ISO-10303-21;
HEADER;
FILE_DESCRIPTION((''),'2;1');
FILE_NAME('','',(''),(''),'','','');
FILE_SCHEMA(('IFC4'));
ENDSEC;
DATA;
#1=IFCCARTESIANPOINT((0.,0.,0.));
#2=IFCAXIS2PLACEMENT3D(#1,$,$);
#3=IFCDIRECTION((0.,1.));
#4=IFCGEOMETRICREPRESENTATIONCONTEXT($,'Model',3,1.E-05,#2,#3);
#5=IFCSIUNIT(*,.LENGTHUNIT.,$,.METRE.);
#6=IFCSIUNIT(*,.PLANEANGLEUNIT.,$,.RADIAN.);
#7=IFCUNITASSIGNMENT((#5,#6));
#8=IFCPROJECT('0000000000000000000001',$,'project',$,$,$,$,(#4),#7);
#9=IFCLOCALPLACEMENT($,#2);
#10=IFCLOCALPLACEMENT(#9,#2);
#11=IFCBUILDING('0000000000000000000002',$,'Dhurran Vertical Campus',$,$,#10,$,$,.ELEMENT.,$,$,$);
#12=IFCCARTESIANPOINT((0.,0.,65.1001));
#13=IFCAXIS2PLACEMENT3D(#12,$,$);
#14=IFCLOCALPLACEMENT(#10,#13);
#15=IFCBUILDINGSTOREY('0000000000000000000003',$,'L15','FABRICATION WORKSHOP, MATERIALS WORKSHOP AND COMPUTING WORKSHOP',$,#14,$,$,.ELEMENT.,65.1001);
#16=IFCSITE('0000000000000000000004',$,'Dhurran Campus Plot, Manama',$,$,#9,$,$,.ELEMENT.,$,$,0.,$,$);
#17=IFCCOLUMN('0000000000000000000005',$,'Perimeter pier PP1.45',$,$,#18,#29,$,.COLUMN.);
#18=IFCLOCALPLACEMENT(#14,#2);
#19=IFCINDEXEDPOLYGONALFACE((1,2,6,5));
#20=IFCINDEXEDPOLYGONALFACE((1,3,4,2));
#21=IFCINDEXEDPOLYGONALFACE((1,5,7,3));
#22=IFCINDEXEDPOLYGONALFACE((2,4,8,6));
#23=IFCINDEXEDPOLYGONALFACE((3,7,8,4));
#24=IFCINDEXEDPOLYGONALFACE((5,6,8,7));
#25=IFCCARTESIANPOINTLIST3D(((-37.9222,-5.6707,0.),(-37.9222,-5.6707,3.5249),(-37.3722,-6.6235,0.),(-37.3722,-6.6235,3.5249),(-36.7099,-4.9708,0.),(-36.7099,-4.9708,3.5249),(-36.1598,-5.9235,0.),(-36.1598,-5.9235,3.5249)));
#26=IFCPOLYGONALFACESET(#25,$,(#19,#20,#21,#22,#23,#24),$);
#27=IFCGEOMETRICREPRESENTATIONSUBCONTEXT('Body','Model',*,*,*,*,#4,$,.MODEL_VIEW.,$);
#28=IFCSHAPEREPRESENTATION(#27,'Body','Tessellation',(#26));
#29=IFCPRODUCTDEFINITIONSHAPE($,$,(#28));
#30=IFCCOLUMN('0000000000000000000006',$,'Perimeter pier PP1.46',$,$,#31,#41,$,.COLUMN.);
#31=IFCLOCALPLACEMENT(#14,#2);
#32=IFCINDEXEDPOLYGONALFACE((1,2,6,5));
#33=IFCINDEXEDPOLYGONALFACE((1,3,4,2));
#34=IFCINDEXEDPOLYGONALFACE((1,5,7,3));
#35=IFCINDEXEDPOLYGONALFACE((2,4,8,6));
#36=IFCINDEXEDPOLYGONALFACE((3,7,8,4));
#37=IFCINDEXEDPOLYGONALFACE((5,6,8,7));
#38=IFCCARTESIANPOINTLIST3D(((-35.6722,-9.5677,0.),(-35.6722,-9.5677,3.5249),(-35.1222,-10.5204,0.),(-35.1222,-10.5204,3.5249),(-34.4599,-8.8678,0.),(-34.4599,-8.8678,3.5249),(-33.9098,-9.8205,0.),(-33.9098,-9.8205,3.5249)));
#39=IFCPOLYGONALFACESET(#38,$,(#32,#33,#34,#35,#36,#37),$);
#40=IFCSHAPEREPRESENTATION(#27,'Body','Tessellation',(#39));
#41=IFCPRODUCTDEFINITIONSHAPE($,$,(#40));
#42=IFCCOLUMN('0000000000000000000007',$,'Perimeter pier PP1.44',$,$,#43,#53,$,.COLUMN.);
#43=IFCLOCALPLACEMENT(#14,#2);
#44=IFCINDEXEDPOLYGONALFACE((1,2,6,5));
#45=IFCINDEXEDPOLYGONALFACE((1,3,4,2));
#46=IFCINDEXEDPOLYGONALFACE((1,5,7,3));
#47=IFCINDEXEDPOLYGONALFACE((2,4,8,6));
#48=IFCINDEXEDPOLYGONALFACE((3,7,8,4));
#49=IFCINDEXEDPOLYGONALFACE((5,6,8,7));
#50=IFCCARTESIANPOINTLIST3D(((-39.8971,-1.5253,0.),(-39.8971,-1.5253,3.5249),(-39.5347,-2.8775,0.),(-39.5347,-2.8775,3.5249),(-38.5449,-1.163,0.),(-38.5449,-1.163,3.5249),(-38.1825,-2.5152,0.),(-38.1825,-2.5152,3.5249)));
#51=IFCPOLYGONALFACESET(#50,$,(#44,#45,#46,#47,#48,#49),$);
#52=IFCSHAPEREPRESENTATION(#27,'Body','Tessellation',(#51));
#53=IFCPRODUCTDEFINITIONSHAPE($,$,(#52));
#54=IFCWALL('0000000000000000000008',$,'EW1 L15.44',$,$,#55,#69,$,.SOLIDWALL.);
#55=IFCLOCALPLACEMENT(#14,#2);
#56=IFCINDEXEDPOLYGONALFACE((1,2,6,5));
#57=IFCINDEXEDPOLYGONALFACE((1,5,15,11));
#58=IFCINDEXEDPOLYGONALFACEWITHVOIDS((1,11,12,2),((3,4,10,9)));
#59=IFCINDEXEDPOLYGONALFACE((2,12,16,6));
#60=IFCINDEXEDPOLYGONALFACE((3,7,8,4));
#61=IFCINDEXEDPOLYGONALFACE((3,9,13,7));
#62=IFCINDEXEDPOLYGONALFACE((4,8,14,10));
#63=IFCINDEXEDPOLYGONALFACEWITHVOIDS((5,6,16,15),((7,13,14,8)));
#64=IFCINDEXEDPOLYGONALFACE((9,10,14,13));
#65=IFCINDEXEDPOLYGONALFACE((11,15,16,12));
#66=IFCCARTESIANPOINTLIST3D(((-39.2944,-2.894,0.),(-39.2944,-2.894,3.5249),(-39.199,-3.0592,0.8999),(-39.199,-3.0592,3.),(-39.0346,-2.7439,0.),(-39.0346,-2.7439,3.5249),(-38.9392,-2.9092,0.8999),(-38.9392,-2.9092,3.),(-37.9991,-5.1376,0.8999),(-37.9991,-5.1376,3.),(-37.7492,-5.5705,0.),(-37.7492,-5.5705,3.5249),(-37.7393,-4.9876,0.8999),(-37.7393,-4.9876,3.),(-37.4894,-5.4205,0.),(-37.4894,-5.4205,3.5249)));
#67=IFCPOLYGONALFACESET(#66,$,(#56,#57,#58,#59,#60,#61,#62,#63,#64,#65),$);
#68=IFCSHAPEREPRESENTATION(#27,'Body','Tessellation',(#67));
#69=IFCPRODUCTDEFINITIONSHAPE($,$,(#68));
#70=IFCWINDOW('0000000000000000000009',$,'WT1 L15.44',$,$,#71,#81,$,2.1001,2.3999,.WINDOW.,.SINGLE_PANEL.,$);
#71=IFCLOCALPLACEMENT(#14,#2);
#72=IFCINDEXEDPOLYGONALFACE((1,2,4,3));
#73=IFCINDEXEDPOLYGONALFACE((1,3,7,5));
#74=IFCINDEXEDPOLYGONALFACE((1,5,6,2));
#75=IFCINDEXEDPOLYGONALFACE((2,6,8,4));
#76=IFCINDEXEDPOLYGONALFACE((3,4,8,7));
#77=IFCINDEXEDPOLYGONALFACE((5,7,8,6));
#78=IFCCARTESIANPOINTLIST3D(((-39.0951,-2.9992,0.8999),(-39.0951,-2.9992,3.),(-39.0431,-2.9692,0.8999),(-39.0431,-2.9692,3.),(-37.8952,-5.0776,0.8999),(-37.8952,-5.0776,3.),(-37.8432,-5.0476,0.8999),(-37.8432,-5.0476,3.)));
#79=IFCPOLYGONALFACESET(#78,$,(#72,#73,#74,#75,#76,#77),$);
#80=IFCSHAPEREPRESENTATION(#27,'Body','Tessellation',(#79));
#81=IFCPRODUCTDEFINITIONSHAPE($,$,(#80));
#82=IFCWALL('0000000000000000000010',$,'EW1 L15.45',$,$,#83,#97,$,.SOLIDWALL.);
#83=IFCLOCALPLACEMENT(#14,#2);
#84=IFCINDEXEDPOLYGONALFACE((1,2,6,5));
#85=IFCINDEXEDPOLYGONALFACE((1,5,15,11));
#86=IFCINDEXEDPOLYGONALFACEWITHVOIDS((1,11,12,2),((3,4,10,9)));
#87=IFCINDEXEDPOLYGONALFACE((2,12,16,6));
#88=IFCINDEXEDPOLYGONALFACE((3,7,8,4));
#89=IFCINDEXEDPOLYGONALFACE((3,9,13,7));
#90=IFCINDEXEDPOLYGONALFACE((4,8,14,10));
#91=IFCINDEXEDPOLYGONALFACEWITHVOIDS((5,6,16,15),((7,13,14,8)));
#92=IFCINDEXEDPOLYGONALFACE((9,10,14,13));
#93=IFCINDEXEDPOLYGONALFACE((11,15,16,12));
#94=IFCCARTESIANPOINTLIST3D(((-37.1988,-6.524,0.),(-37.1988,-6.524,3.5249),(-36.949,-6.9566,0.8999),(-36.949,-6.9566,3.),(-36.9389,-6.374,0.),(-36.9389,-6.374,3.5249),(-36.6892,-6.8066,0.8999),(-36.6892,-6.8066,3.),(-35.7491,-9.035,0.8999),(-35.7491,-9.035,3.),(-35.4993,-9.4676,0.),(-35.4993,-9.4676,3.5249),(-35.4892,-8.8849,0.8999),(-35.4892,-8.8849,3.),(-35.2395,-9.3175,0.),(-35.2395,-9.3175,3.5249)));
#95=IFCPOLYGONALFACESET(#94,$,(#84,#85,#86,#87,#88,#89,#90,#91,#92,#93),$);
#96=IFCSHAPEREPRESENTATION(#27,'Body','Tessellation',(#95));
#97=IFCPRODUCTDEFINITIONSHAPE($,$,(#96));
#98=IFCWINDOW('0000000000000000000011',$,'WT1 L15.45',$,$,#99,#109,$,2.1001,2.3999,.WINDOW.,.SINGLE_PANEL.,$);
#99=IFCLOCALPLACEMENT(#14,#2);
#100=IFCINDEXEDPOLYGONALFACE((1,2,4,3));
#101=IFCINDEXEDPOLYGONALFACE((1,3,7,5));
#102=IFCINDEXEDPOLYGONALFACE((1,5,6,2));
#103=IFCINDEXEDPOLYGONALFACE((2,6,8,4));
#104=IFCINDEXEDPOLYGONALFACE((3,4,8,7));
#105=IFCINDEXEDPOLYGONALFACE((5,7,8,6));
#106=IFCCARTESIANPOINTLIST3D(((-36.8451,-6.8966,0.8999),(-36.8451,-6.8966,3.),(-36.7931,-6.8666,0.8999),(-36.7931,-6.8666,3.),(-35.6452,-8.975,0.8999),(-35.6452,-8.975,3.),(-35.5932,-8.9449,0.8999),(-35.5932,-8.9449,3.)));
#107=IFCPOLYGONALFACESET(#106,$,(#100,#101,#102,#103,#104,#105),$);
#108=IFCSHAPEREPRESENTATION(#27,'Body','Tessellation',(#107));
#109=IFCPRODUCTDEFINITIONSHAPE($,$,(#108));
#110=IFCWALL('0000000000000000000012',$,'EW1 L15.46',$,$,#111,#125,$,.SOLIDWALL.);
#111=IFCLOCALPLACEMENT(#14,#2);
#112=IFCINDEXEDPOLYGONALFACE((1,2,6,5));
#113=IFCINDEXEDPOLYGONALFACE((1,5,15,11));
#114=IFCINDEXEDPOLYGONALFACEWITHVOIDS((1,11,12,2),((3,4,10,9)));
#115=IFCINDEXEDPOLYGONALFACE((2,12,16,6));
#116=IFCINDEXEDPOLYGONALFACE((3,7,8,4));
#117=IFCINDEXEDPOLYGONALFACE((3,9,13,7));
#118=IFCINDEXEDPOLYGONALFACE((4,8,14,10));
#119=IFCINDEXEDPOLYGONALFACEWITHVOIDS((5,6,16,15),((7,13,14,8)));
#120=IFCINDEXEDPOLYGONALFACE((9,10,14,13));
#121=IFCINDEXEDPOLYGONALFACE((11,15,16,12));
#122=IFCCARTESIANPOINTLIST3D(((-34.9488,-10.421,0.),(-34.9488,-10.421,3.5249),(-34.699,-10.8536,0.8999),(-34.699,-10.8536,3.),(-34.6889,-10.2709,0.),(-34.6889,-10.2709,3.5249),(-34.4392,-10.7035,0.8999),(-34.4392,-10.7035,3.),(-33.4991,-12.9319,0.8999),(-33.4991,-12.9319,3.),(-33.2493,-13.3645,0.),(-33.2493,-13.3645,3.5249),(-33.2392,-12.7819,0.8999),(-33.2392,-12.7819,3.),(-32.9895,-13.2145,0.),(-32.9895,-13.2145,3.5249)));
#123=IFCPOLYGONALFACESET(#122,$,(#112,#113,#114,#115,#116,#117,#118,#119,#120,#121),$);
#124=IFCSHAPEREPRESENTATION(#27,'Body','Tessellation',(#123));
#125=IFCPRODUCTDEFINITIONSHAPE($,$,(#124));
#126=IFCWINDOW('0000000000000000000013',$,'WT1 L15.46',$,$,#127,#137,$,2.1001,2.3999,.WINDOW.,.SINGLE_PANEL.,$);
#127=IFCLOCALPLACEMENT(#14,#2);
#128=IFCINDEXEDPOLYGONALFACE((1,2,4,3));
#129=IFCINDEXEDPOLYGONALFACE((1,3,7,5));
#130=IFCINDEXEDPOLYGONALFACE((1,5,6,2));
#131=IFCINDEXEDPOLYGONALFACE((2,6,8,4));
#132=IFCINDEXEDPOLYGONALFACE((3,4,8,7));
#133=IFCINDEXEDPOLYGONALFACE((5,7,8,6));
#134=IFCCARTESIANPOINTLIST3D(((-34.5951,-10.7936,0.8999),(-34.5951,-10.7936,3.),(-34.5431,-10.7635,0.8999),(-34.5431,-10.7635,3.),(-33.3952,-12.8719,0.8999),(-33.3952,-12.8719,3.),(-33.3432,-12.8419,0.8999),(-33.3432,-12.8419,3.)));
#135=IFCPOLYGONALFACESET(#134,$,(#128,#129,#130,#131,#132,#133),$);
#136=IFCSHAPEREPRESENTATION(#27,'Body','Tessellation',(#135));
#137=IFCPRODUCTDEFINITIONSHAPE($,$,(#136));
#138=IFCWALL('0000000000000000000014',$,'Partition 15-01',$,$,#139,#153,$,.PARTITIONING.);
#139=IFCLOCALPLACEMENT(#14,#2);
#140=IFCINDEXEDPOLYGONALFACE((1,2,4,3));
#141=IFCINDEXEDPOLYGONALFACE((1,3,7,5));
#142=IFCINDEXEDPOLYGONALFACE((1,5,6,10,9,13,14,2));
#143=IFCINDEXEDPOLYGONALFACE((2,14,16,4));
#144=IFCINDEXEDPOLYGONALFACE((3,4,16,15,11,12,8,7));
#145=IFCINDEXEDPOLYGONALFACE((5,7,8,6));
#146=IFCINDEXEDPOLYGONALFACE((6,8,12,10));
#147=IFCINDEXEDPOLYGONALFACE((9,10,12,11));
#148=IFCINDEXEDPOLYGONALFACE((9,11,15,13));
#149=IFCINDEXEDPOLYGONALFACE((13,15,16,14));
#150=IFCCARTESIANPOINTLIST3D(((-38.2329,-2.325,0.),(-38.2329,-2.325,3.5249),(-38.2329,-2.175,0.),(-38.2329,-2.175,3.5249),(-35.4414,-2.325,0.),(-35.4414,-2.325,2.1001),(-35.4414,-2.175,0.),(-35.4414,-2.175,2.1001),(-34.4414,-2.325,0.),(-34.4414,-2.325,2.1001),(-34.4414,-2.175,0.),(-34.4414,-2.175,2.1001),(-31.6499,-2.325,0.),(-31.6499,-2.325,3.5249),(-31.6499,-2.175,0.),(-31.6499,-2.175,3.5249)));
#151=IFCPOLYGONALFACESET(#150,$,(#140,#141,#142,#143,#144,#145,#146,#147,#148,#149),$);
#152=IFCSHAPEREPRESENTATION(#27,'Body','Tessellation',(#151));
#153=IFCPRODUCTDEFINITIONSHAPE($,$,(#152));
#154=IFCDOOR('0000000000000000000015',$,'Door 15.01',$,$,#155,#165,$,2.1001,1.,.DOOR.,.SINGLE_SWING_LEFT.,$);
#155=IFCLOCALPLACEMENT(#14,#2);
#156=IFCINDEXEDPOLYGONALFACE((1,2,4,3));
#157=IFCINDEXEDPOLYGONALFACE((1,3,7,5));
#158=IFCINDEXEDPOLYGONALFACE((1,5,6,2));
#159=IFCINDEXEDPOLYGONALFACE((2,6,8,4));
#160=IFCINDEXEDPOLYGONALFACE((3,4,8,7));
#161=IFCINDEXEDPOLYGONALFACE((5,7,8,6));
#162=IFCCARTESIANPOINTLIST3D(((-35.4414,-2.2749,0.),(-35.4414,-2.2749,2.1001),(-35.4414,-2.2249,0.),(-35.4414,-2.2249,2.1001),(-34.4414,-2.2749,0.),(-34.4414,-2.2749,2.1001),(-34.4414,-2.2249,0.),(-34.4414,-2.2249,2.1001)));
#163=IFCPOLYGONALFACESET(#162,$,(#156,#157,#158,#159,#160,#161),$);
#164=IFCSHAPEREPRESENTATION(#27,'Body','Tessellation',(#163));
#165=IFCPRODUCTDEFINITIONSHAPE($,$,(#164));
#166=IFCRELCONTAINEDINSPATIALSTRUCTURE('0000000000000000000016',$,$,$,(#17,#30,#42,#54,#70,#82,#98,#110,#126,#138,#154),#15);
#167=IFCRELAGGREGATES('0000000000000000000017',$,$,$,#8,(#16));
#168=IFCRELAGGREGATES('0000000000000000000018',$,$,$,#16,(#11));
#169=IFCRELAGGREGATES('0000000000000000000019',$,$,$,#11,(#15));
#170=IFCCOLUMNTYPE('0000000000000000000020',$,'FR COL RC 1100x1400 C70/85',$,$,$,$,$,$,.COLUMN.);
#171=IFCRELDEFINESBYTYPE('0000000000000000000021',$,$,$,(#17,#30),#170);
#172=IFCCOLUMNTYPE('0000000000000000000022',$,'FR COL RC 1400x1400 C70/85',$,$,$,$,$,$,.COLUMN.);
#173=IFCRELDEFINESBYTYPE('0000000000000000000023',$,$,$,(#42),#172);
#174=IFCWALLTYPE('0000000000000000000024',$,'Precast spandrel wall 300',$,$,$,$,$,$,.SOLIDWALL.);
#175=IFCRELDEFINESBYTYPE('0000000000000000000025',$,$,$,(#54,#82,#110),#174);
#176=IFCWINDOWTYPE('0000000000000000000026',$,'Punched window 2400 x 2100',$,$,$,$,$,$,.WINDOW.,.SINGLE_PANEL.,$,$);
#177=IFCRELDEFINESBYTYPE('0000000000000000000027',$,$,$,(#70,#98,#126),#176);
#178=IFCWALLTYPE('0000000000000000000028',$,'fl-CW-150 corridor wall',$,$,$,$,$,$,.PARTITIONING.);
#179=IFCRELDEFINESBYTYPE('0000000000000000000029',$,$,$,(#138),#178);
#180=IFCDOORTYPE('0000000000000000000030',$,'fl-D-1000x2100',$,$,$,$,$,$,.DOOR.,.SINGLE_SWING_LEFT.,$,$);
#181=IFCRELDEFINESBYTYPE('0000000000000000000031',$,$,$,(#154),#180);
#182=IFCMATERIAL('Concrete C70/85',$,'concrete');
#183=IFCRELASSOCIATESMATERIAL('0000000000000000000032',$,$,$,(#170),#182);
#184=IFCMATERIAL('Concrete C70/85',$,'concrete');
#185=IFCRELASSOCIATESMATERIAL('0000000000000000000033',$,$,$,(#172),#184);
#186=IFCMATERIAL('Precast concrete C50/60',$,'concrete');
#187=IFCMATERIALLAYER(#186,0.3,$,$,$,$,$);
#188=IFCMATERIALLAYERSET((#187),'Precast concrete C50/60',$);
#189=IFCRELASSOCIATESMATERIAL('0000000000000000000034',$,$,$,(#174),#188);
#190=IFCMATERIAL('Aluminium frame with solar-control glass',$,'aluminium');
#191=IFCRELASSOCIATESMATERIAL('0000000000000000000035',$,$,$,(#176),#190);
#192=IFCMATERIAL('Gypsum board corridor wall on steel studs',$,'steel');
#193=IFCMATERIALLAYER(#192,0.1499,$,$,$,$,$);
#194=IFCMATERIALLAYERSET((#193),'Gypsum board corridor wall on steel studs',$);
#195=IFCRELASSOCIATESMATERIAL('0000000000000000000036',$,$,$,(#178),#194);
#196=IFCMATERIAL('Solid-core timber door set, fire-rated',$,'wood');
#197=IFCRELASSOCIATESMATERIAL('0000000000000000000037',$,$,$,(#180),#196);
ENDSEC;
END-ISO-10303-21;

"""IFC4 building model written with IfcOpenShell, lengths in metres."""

from ifc_helpers import new_model, si_unit, direction, frame, frame_2d, origin, origin_2d, place, context, subcontext, project, spatial, rectangle, extrude, material, layer, layer_set, material_profile, profile_set, type_object, element, fill, save


model = new_model("IFC4")

# Units and contexts
model_context = context("Model", 3, precision=1e-05, world=origin(), true_north=direction((0.0, 1.0)))
body_context = subcontext(model_context, "Body", "Model", "MODEL_VIEW")
ifc_project = project(units=[si_unit("LENGTHUNIT", "METRE"), si_unit("PLANEANGLEUNIT", "RADIAN")], contexts=[model_context])

# Site, building, storey
site_placement = place(None, origin())
site = spatial("IfcSite", under=ifc_project, at=site_placement, Name="Dhurran Campus Plot, Manama", CompositionType="ELEMENT", RefElevation=0.0)
building_placement = place(site_placement, origin())
building = spatial("IfcBuilding", under=site, at=building_placement, Name="Dhurran Vertical Campus", CompositionType="ELEMENT")
storey_placement = place(building_placement, frame((0.0, 0.0, 65.1001)))
storey = spatial("IfcBuildingStorey", under=building, at=storey_placement, Name="L15", Description="FABRICATION WORKSHOP, MATERIALS WORKSHOP AND COMPUTING WORKSHOP", CompositionType="ELEMENT", Elevation=65.1001)

# Columns
ifc_material_1 = material(Name="Concrete C70/85", Category="concrete")
ifc_material_profile_1 = material_profile(ifc_material_1, rectangle(XDim=1.1001, YDim=1.3999, at=origin_2d()), Name="RC 1100x1400")
ifc_profile_set_1 = profile_set([ifc_material_profile_1], Name="Concrete C70/85")
column_type_1 = type_object("IfcColumnType", Name="FR COL RC 1100x1400 C70/85", PredefinedType="COLUMN", material=ifc_profile_set_1)
for number, where, z_axis, x_axis, name in (
    (1, (-37.041, -5.7971, 0.0), (0.0, 0.0, 1.0), (0.5, -0.866025, 0.0), "Perimeter pier PP1.45"),
    (2, (-34.791, -9.6941, 0.0), (0.0, 0.0, 1.0), (0.5, -0.866025, 0.0), "Perimeter pier PP1.46"),
):
    element("IfcColumn", number, at=place(storey_placement, frame(where, z_axis=z_axis, x_axis=x_axis)), inside=storey, type_object=column_type_1, Name=name, PredefinedType="COLUMN", context=body_context, shape_type="SweptSolid", body=[
        extrude(rectangle(XDim=1.1001, YDim=1.3999, at=origin_2d()), origin(), (0.0, 0.0, 1.0), 3.5249),
    ])
ifc_material_2 = material(Name="Concrete C70/85", Category="concrete")
ifc_material_profile_2 = material_profile(ifc_material_2, rectangle(XDim=1.3999, YDim=1.3999, at=origin_2d()), Name="RC 1400x1400")
ifc_profile_set_2 = profile_set([ifc_material_profile_2], Name="Concrete C70/85")
column_type_2 = type_object("IfcColumnType", Name="FR COL RC 1400x1400 C70/85", PredefinedType="COLUMN", material=ifc_profile_set_2)
column_placement = place(storey_placement, frame((-39.0398, -2.0203, 0.0), z_axis=(0.0, 0.0, 1.0), x_axis=(0.258819, -0.965926, 0.0)))
element("IfcColumn", 3, at=column_placement, inside=storey, type_object=column_type_2, Name="Perimeter pier PP1.44", PredefinedType="COLUMN", context=body_context, shape_type="SweptSolid", body=[
    extrude(rectangle(XDim=1.3999, YDim=1.3999, at=origin_2d()), origin(), (0.0, 0.0, 1.0), 3.5249),
])

# Walls, openings, windows
ifc_material_3 = material(Name="Precast concrete C50/60", Category="concrete")
ifc_layer_1 = layer(ifc_material_3, 0.3)
ifc_layer_set_1 = layer_set([ifc_layer_1], Name="Precast concrete C50/60")
wall_type_1 = type_object("IfcWallType", Name="Precast spandrel wall 300", PredefinedType="SOLIDWALL", material=ifc_layer_set_1)
wall_1_placement = place(storey_placement, frame((-39.1646, -2.8188, 0.0), z_axis=(0.0, 0.0, 1.0), x_axis=(0.499971, -0.866042, 0.0)))
wall_1 = element("IfcWall", 4, at=wall_1_placement, inside=storey, type_object=wall_type_1, Name="EW1 L15.44", PredefinedType="SOLIDWALL", context=body_context, shape_type="SweptSolid", body=[
    extrude(rectangle(XDim=3.0906, YDim=0.3, at=frame_2d((1.5454, 0.0))), origin(), (0.0, 0.0, 1.0), 3.5249),
])
opening_1_placement = place(wall_1_placement, frame((0.1909, 0.0, 0.8999)))
opening_1 = element("IfcOpeningElement", 5, at=opening_1_placement, cuts=wall_1, PredefinedType="OPENING", context=body_context, shape_type="SweptSolid", body=[
    extrude(rectangle(XDim=2.3999, YDim=2.1001, at=frame_2d((1.2, 1.05))), frame((0.0, 0.1599, 0.0), z_axis=(0.0, -1.0, 0.0), x_axis=(1.0, 0.0, 0.0)), (0.0, 0.0, 1.0), 0.3201),
])
ifc_material_4 = material(Name="Aluminium frame with solar-control glass", Category="aluminium")
window_type = type_object("IfcWindowType", Name="Punched window 2400 x 2100", PartitioningType="SINGLE_PANEL", PredefinedType="WINDOW", material=ifc_material_4)
window_1_placement = place(opening_1_placement, origin())
window_1 = element("IfcWindow", 6, at=window_1_placement, inside=storey, type_object=window_type, Name="WT1 L15.44", OverallHeight=2.1001, OverallWidth=2.3999, PartitioningType="SINGLE_PANEL", PredefinedType="WINDOW", context=body_context, shape_type="SweptSolid", body=[
    extrude(rectangle(XDim=2.3999, YDim=2.1001, at=frame_2d((1.2, 1.05))), frame((0.0, 0.03, 0.0), z_axis=(0.0, -1.0, 0.0), x_axis=(1.0, 0.0, 0.0)), (0.0, 0.0, 1.0), 0.0601),
])
fill(opening_1, window_1)
wall_2_placement = place(storey_placement, frame((-37.0688, -6.449, 0.0), z_axis=(0.0, 0.0, 1.0), x_axis=(0.499994, -0.866029, 0.0)))
wall_2 = element("IfcWall", 7, at=wall_2_placement, inside=storey, type_object=wall_type_1, Name="EW1 L15.45", PredefinedType="SOLIDWALL", context=body_context, shape_type="SweptSolid", body=[
    extrude(rectangle(XDim=3.3989, YDim=0.3, at=frame_2d((1.6995, 0.0))), origin(), (0.0, 0.0, 1.0), 3.5249),
])
opening_2_placement = place(wall_2_placement, frame((0.4995, 0.0, 0.8999)))
opening_2 = element("IfcOpeningElement", 8, at=opening_2_placement, cuts=wall_2, PredefinedType="OPENING", context=body_context, shape_type="SweptSolid", body=[
    extrude(rectangle(XDim=2.3999, YDim=2.1001, at=frame_2d((1.2, 1.05))), frame((0.0, 0.1599, 0.0), z_axis=(0.0, -1.0, 0.0), x_axis=(1.0, 0.0, 0.0)), (0.0, 0.0, 1.0), 0.3201),
])
window_2_placement = place(opening_2_placement, origin())
window_2 = element("IfcWindow", 9, at=window_2_placement, inside=storey, type_object=window_type, Name="WT1 L15.45", OverallHeight=2.1001, OverallWidth=2.3999, PartitioningType="SINGLE_PANEL", PredefinedType="WINDOW", context=body_context, shape_type="SweptSolid", body=[
    extrude(rectangle(XDim=2.3999, YDim=2.1001, at=frame_2d((1.2, 1.05))), frame((0.0, 0.03, 0.0), z_axis=(0.0, -1.0, 0.0), x_axis=(1.0, 0.0, 0.0)), (0.0, 0.0, 1.0), 0.0601),
])
fill(opening_2, window_2)
wall_3_placement = place(storey_placement, frame((-34.8188, -10.3459, 0.0), z_axis=(0.0, 0.0, 1.0), x_axis=(0.499994, -0.866029, 0.0)))
wall_3 = element("IfcWall", 10, at=wall_3_placement, inside=storey, type_object=wall_type_1, Name="EW1 L15.46", PredefinedType="SOLIDWALL", context=body_context, shape_type="SweptSolid", body=[
    extrude(rectangle(XDim=3.3989, YDim=0.3, at=frame_2d((1.6995, 0.0))), origin(), (0.0, 0.0, 1.0), 3.5249),
])
opening_3_placement = place(wall_3_placement, frame((0.4995, 0.0, 0.8999)))
opening_3 = element("IfcOpeningElement", 11, at=opening_3_placement, cuts=wall_3, PredefinedType="OPENING", context=body_context, shape_type="SweptSolid", body=[
    extrude(rectangle(XDim=2.3999, YDim=2.1001, at=frame_2d((1.2, 1.05))), frame((0.0, 0.1599, 0.0), z_axis=(0.0, -1.0, 0.0), x_axis=(1.0, 0.0, 0.0)), (0.0, 0.0, 1.0), 0.3201),
])
window_3_placement = place(opening_3_placement, origin())
window_3 = element("IfcWindow", 12, at=window_3_placement, inside=storey, type_object=window_type, Name="WT1 L15.46", OverallHeight=2.1001, OverallWidth=2.3999, PartitioningType="SINGLE_PANEL", PredefinedType="WINDOW", context=body_context, shape_type="SweptSolid", body=[
    extrude(rectangle(XDim=2.3999, YDim=2.1001, at=frame_2d((1.2, 1.05))), frame((0.0, 0.03, 0.0), z_axis=(0.0, -1.0, 0.0), x_axis=(1.0, 0.0, 0.0)), (0.0, 0.0, 1.0), 0.0601),
])
fill(opening_3, window_3)

# Wall, opening, door
ifc_material_5 = material(Name="Gypsum board corridor wall on steel studs", Category="steel")
ifc_layer_2 = layer(ifc_material_5, 0.1499)
ifc_layer_set_2 = layer_set([ifc_layer_2], Name="Gypsum board corridor wall on steel studs")
wall_type_2 = type_object("IfcWallType", Name="fl-CW-150 corridor wall", PredefinedType="PARTITIONING", material=ifc_layer_set_2)
wall_4_placement = place(storey_placement, frame((-31.6499, -2.25, 0.0), z_axis=(0.0, 0.0, 1.0), x_axis=(-1.0, 0.0, 0.0)))
wall_4 = element("IfcWall", 13, at=wall_4_placement, inside=storey, type_object=wall_type_2, Name="Partition 15-01", PredefinedType="PARTITIONING", context=body_context, shape_type="SweptSolid", body=[
    extrude(rectangle(XDim=6.583, YDim=0.1499, at=frame_2d((3.2915, 0.0))), origin(), (0.0, 0.0, 1.0), 3.5249),
])
opening_4_placement = place(wall_4_placement, frame((2.7915, 0.0, 0.0)))
opening_4 = element("IfcOpeningElement", 14, at=opening_4_placement, cuts=wall_4, PredefinedType="OPENING", context=body_context, shape_type="SweptSolid", body=[
    extrude(rectangle(XDim=1.0, YDim=2.1001, at=frame_2d((0.5, 1.05))), frame((0.0, 0.085, 0.0), z_axis=(0.0, -1.0, 0.0), x_axis=(1.0, 0.0, 0.0)), (0.0, 0.0, 1.0), 0.1699),
])
ifc_material_6 = material(Name="Solid-core timber door set, fire-rated", Category="wood")
door_type = type_object("IfcDoorType", Name="fl-D-1000x2100", OperationType="SINGLE_SWING_LEFT", PredefinedType="DOOR", material=ifc_material_6)
door_placement = place(opening_4_placement, origin())
door = element("IfcDoor", 15, at=door_placement, inside=storey, type_object=door_type, Name="Door 15.01", OperationType="SINGLE_SWING_LEFT", OverallHeight=2.1001, OverallWidth=1.0, PredefinedType="DOOR", context=body_context, shape_type="SweptSolid", body=[
    extrude(rectangle(XDim=1.0, YDim=2.1001, at=frame_2d((0.5, 1.05))), frame((0.0, 0.0249, 0.0), z_axis=(0.0, -1.0, 0.0), x_axis=(1.0, 0.0, 0.0)), (0.0, 0.0, 1.0), 0.05),
])
fill(opening_4, door)

save(model, "model.ifc")
